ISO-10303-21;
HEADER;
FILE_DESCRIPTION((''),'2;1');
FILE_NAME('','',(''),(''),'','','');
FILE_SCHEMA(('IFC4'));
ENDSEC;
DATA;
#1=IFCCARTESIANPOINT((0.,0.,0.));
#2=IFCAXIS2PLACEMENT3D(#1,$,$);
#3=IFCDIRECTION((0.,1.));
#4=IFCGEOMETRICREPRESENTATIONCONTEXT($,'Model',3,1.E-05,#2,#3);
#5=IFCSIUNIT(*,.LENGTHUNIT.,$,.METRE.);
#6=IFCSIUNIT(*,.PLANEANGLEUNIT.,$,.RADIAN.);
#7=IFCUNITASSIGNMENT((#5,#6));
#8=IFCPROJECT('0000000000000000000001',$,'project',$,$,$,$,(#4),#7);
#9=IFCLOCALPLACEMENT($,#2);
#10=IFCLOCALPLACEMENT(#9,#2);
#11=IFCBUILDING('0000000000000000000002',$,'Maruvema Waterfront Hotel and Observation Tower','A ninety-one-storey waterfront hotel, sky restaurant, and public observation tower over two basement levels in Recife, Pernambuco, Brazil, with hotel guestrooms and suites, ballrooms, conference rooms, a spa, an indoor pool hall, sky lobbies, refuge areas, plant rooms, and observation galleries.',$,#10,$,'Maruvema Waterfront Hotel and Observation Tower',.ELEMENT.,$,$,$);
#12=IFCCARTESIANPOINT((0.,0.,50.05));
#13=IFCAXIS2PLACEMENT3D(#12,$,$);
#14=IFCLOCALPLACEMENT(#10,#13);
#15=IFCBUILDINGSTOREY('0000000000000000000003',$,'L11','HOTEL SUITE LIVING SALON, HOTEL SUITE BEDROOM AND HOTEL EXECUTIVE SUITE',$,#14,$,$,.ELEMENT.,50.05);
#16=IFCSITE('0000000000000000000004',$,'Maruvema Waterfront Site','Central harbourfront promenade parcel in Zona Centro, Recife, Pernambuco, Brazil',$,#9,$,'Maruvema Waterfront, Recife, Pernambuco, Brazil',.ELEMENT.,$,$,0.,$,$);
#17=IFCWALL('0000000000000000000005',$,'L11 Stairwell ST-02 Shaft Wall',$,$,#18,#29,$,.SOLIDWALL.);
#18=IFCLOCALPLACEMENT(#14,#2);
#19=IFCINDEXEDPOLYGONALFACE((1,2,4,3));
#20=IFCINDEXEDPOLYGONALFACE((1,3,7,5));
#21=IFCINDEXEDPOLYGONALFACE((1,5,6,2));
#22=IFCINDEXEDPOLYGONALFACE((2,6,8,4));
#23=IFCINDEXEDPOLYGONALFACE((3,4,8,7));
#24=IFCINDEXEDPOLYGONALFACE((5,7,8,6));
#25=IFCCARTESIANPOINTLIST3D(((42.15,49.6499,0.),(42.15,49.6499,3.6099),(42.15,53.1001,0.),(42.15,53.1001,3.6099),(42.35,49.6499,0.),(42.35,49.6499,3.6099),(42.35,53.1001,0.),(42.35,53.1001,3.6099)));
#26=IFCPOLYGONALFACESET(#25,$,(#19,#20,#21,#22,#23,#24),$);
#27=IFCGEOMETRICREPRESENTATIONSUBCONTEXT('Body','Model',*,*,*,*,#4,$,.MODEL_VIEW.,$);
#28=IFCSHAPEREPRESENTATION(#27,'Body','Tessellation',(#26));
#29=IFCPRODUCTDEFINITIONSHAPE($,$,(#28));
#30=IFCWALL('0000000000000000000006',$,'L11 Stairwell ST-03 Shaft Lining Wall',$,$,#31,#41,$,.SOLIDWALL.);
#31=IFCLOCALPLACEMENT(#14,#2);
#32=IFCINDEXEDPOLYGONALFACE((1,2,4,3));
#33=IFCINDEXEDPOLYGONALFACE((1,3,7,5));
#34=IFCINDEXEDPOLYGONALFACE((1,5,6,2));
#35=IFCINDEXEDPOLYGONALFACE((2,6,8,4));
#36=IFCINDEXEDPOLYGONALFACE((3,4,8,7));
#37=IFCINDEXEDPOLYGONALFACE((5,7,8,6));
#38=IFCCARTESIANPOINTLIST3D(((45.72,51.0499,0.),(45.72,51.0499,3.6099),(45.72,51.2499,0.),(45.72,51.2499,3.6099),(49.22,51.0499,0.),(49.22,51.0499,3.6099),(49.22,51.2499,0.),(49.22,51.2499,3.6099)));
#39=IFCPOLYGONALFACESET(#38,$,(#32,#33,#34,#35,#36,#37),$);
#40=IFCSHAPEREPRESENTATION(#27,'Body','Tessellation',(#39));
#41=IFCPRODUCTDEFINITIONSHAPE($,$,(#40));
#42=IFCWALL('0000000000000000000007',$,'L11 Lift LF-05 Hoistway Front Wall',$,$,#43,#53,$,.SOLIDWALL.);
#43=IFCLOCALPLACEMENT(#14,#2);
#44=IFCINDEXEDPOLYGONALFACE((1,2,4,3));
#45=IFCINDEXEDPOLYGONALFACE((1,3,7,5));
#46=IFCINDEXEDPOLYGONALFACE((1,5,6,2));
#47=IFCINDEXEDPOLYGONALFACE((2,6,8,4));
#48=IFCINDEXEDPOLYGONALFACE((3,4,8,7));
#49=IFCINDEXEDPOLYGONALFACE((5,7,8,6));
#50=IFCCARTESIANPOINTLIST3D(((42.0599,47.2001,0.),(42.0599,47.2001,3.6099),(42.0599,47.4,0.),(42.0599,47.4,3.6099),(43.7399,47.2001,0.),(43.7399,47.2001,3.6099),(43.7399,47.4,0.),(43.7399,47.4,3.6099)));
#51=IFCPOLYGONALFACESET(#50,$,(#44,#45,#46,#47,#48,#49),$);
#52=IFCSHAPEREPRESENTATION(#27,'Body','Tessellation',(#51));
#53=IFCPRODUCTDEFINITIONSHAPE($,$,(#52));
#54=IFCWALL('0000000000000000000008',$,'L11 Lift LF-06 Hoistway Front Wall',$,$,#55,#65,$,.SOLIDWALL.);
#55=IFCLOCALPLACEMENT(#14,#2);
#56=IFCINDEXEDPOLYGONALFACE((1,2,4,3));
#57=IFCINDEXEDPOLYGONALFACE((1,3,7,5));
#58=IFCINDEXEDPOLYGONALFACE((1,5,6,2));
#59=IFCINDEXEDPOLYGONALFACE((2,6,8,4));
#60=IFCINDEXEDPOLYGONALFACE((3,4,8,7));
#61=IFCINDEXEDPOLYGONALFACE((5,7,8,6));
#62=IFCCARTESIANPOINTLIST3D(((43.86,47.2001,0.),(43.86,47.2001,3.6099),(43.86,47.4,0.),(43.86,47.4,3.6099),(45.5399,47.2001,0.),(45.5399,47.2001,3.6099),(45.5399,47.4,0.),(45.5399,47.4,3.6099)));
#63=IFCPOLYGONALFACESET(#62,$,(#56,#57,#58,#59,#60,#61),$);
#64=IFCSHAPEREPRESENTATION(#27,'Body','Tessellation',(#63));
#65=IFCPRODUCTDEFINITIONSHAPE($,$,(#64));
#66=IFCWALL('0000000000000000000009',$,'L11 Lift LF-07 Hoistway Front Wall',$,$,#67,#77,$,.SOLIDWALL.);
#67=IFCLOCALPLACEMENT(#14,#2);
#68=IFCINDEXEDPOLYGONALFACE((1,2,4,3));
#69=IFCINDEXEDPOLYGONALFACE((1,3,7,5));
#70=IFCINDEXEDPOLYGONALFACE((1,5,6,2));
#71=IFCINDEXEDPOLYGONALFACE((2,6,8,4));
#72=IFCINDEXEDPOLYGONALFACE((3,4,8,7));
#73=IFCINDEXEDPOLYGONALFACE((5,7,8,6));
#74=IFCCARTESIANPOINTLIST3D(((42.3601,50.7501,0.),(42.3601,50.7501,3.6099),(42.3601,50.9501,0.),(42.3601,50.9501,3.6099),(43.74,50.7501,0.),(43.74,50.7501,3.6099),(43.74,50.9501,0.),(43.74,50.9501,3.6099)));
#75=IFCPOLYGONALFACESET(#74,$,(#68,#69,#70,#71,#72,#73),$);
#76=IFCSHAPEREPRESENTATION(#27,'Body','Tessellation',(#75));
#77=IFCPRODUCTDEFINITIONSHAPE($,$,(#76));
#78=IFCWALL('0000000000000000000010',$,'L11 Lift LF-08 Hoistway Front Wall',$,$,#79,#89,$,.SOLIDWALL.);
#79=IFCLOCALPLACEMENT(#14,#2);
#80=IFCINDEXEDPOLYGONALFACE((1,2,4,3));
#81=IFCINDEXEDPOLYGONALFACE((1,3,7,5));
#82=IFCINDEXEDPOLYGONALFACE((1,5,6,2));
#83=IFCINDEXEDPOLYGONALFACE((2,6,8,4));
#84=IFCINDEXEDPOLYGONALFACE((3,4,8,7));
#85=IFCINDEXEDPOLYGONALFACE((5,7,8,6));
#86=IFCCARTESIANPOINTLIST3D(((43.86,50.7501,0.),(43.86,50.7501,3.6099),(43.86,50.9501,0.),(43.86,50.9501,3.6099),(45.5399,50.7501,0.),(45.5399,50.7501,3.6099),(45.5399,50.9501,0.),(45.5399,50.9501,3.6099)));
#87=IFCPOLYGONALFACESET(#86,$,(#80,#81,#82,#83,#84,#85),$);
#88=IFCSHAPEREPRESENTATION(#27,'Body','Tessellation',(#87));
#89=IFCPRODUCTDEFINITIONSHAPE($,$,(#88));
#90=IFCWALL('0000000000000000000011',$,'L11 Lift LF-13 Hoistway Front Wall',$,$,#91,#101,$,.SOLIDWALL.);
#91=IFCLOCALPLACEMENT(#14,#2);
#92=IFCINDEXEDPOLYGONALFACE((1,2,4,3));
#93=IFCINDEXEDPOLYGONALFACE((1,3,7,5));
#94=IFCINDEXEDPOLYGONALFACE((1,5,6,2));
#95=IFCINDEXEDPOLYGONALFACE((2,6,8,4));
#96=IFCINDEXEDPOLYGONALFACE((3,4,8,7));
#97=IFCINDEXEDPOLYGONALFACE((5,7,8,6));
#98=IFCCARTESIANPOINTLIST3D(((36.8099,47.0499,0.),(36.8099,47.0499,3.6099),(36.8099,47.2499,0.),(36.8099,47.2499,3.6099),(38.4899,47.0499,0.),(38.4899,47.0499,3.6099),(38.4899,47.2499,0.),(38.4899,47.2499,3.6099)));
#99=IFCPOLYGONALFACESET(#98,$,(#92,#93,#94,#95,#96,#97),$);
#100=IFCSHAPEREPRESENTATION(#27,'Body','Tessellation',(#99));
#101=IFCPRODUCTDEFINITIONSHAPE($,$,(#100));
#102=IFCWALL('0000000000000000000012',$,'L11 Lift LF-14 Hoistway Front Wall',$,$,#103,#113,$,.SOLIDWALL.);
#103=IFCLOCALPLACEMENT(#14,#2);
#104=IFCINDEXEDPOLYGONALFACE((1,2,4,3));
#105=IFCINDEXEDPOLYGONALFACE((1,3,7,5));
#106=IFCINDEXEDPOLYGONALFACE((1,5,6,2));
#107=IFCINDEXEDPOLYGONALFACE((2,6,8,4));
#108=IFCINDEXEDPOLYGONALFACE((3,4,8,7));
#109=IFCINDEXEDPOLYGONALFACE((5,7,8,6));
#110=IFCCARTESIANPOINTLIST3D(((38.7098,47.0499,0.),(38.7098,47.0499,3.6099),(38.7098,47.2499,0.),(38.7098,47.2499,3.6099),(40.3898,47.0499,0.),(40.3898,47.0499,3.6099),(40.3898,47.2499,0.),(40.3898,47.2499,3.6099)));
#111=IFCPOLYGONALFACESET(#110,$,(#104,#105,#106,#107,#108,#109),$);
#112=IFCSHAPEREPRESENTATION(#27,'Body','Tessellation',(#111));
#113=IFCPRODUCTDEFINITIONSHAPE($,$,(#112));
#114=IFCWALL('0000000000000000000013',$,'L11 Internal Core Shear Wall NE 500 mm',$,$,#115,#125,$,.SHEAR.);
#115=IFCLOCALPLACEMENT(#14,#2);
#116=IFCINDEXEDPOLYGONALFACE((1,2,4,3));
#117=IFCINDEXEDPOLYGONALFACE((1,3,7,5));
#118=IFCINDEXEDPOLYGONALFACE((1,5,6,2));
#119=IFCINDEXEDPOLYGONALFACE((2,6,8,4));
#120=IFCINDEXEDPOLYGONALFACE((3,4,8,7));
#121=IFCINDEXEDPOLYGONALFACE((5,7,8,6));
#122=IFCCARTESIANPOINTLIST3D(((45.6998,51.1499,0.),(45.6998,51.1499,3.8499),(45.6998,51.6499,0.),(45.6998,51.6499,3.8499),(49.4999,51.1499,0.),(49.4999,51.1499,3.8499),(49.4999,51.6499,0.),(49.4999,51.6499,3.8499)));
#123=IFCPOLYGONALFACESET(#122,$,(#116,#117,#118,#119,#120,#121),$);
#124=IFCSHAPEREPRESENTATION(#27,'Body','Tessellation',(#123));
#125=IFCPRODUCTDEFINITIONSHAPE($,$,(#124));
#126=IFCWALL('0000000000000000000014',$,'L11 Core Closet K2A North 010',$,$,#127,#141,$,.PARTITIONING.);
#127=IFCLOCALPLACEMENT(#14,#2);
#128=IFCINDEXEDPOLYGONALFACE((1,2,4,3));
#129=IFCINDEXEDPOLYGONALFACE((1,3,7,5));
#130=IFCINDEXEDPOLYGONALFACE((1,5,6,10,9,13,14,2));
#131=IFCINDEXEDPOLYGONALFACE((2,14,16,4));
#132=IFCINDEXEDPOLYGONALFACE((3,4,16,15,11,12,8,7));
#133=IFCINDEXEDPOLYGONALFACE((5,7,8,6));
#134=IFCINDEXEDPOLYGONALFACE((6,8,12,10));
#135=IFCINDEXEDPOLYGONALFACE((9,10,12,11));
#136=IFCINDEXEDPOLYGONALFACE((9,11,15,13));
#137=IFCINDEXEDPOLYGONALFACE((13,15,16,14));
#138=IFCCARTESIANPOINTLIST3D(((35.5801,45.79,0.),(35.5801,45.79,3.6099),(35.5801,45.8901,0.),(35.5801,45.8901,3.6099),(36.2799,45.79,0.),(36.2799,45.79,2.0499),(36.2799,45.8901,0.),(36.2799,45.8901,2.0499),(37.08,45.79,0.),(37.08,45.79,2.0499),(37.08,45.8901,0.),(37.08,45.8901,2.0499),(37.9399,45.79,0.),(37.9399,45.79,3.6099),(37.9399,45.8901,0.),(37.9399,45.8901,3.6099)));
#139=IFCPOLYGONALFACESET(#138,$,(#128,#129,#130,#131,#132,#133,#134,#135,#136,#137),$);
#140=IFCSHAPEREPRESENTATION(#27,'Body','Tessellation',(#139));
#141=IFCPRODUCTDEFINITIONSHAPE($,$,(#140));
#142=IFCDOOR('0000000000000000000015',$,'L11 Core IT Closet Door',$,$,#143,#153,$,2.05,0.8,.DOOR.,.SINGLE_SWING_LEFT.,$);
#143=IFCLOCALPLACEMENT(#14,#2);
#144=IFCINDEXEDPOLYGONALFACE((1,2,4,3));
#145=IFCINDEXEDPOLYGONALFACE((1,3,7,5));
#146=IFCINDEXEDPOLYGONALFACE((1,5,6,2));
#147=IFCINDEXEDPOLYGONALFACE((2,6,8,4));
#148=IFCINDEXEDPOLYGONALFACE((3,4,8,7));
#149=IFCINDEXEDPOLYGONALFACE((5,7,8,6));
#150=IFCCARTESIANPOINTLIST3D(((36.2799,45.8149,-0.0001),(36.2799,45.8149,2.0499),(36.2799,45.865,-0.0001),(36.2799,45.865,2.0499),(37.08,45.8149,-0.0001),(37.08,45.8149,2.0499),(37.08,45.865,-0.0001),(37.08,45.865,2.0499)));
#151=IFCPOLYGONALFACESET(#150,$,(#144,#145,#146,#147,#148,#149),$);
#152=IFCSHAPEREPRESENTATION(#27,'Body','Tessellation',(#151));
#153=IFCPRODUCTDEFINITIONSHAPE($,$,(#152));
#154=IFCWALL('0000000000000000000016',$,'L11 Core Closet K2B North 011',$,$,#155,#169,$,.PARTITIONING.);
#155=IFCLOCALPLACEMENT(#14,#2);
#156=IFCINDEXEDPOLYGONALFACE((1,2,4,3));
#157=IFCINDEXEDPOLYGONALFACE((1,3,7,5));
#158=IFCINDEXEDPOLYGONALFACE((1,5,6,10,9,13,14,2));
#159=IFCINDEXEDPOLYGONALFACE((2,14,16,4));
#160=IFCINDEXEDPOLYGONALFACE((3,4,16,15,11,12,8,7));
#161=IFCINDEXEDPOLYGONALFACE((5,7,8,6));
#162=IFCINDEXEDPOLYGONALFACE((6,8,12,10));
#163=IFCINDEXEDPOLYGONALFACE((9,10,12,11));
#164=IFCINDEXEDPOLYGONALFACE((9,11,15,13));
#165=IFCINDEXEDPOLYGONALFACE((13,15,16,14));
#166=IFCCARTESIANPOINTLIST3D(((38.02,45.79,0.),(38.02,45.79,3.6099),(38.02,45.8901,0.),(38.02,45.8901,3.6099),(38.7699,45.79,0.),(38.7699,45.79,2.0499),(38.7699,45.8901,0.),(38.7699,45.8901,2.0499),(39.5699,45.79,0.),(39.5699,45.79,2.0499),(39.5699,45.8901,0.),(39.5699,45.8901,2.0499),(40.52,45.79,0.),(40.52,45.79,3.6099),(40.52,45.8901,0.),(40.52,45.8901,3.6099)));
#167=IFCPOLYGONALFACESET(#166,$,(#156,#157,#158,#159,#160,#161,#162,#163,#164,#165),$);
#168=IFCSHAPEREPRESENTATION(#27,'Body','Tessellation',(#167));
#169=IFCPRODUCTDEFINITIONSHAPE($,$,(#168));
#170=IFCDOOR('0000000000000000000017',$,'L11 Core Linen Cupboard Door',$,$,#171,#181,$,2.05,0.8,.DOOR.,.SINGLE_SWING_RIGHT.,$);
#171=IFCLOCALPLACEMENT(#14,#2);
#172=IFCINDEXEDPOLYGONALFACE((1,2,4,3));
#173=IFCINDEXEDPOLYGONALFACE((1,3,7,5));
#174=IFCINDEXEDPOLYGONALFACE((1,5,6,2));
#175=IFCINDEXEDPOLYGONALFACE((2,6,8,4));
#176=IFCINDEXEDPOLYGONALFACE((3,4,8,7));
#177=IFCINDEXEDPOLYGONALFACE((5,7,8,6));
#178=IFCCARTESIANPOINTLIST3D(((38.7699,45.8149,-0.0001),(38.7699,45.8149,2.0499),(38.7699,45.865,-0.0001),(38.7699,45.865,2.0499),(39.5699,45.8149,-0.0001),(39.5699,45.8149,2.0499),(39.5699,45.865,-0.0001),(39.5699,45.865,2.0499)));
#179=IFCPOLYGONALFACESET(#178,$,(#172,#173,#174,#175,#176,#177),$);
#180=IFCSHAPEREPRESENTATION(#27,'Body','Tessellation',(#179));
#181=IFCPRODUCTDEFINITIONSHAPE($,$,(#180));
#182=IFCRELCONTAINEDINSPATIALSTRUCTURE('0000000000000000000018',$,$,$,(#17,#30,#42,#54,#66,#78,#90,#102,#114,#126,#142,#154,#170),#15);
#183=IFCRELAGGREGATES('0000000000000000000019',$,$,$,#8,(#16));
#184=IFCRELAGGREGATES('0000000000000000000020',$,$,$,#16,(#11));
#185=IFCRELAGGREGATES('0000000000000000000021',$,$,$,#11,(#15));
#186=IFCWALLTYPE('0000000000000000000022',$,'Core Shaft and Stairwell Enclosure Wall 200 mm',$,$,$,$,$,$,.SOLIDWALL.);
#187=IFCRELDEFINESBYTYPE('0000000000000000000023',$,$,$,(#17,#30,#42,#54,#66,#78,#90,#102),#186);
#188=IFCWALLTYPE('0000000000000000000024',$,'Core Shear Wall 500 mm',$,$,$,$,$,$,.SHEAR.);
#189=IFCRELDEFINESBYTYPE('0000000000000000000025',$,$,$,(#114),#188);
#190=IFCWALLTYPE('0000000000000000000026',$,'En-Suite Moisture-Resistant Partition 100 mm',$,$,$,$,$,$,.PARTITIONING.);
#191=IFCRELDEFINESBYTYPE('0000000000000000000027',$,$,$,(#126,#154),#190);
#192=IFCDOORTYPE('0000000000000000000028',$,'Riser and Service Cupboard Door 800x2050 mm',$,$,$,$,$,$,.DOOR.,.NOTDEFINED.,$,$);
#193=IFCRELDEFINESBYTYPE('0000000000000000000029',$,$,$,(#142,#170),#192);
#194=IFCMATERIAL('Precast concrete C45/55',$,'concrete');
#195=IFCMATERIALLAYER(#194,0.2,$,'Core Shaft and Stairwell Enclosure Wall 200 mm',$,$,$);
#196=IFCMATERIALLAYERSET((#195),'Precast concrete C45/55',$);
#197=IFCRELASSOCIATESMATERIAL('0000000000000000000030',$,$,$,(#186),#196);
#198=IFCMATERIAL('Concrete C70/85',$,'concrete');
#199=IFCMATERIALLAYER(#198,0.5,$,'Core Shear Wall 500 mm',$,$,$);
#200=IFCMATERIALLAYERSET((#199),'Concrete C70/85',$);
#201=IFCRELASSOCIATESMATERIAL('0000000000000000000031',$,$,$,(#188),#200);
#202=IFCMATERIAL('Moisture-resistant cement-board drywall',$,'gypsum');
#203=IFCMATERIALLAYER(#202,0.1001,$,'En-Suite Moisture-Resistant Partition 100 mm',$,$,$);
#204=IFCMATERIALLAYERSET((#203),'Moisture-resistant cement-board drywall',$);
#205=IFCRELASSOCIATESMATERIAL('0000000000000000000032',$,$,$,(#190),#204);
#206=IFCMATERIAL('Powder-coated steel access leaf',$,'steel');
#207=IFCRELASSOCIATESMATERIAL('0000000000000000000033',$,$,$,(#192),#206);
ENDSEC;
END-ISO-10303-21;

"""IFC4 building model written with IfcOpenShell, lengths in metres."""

from ifc_helpers import new_model, si_unit, direction, frame, frame_2d, origin, place, context, subcontext, project, spatial, rectangle, extrude, material, layer, layer_set, type_object, element, fill, save


model = new_model("IFC4")

# Units and contexts
model_context = context("Model", 3, precision=1e-05, world=origin(), true_north=direction((0.0, 1.0)))
body_context = subcontext(model_context, "Body", "Model", "MODEL_VIEW")
ifc_project = project(units=[si_unit("LENGTHUNIT", "METRE"), si_unit("PLANEANGLEUNIT", "RADIAN")], contexts=[model_context])

# Site, building, storey
site_placement = place(None, origin())
site = spatial("IfcSite", under=ifc_project, at=site_placement, Name="Maruvema Waterfront Site", Description="Central harbourfront promenade parcel in Zona Centro, Recife, Pernambuco, Brazil", LongName="Maruvema Waterfront, Recife, Pernambuco, Brazil", CompositionType="ELEMENT", RefElevation=0.0)
building_placement = place(site_placement, origin())
building = spatial("IfcBuilding", under=site, at=building_placement, Name="Maruvema Waterfront Hotel and Observation Tower", Description="A ninety-one-storey waterfront hotel, sky restaurant, and public observation tower over two basement levels in Recife, Pernambuco, Brazil, with hotel guestrooms and suites, ballrooms, conference rooms, a spa, an indoor pool hall, sky lobbies, refuge areas, plant rooms, and observation galleries.", LongName="Maruvema Waterfront Hotel and Observation Tower", CompositionType="ELEMENT")
storey_placement = place(building_placement, frame((0.0, 0.0, 50.05)))
storey = spatial("IfcBuildingStorey", under=building, at=storey_placement, Name="L11", Description="HOTEL SUITE LIVING SALON, HOTEL SUITE BEDROOM AND HOTEL EXECUTIVE SUITE", CompositionType="ELEMENT", Elevation=50.05)

# Walls
ifc_material_1 = material(Name="Precast concrete C45/55", Category="concrete")
ifc_layer_1 = layer(ifc_material_1, 0.2, Name="Core Shaft and Stairwell Enclosure Wall 200 mm")
ifc_layer_set_1 = layer_set([ifc_layer_1], Name="Precast concrete C45/55")
wall_type_1 = type_object("IfcWallType", Name="Core Shaft and Stairwell Enclosure Wall 200 mm", PredefinedType="SOLIDWALL", material=ifc_layer_set_1)
wall_1_placement = place(storey_placement, frame((42.25, 49.6499, 0.0), z_axis=(0.0, 0.0, 1.0), x_axis=(0.0, 1.0, 0.0)))
element("IfcWall", 1, at=wall_1_placement, inside=storey, type_object=wall_type_1, Name="L11 Stairwell ST-02 Shaft Wall", PredefinedType="SOLIDWALL", context=body_context, shape_type="SweptSolid", body=[
    extrude(rectangle(XDim=3.4502, YDim=0.2, at=frame_2d((1.7251, 0.0))), origin(), (0.0, 0.0, 1.0), 3.6099),
])
wall_2_placement = place(storey_placement, frame((45.72, 51.1499, 0.0), z_axis=(0.0, 0.0, 1.0), x_axis=(1.0, 0.0, 0.0)))
element("IfcWall", 2, at=wall_2_placement, inside=storey, type_object=wall_type_1, Name="L11 Stairwell ST-03 Shaft Lining Wall", PredefinedType="SOLIDWALL", context=body_context, shape_type="SweptSolid", body=[
    extrude(rectangle(XDim=3.5, YDim=0.2, at=frame_2d((1.75, 0.0))), origin(), (0.0, 0.0, 1.0), 3.6099),
])
for number, where, z_axis, x_axis, name in (
    (3, (42.0601, 47.3, 0.0), (0.0, 0.0, 1.0), (1.0, 0.0, 0.0), "L11 Lift LF-05 Hoistway Front Wall"),
    (4, (43.8601, 47.3, 0.0), (0.0, 0.0, 1.0), (1.0, 0.0, 0.0), "L11 Lift LF-06 Hoistway Front Wall"),
):
    element("IfcWall", number, at=place(storey_placement, frame(where, z_axis=z_axis, x_axis=x_axis)), inside=storey, type_object=wall_type_1, Name=name, PredefinedType="SOLIDWALL", context=body_context, shape_type="SweptSolid", body=[
        extrude(rectangle(XDim=1.6799, YDim=0.2, at=frame_2d((0.8398, 0.0))), origin(), (0.0, 0.0, 1.0), 3.6099),
    ])
wall_3_placement = place(storey_placement, frame((42.3601, 50.8501, 0.0), z_axis=(0.0, 0.0, 1.0), x_axis=(1.0, 0.0, 0.0)))
element("IfcWall", 5, at=wall_3_placement, inside=storey, type_object=wall_type_1, Name="L11 Lift LF-07 Hoistway Front Wall", PredefinedType="SOLIDWALL", context=body_context, shape_type="SweptSolid", body=[
    extrude(rectangle(XDim=1.3799, YDim=0.2, at=frame_2d((0.6899, 0.0))), origin(), (0.0, 0.0, 1.0), 3.6099),
])
for number, where, z_axis, x_axis, name in (
    (6, (43.8601, 50.8501, 0.0), (0.0, 0.0, 1.0), (1.0, 0.0, 0.0), "L11 Lift LF-08 Hoistway Front Wall"),
    (7, (36.8101, 47.1499, 0.0), (0.0, 0.0, 1.0), (1.0, 0.0, 0.0), "L11 Lift LF-13 Hoistway Front Wall"),
    (8, (38.71, 47.1499, 0.0), (0.0, 0.0, 1.0), (1.0, 0.0, 0.0), "L11 Lift LF-14 Hoistway Front Wall"),
):
    element("IfcWall", number, at=place(storey_placement, frame(where, z_axis=z_axis, x_axis=x_axis)), inside=storey, type_object=wall_type_1, Name=name, PredefinedType="SOLIDWALL", context=body_context, shape_type="SweptSolid", body=[
        extrude(rectangle(XDim=1.6799, YDim=0.2, at=frame_2d((0.8398, 0.0))), origin(), (0.0, 0.0, 1.0), 3.6099),
    ])
ifc_material_2 = material(Name="Concrete C70/85", Category="concrete")
ifc_layer_2 = layer(ifc_material_2, 0.5, Name="Core Shear Wall 500 mm")
ifc_layer_set_2 = layer_set([ifc_layer_2], Name="Concrete C70/85")
wall_type_2 = type_object("IfcWallType", Name="Core Shear Wall 500 mm", PredefinedType="SHEAR", material=ifc_layer_set_2)
wall_4_placement = place(storey_placement, frame((45.7, 51.3999, 0.0), z_axis=(0.0, 0.0, 1.0), x_axis=(1.0, 0.0, 0.0)))
element("IfcWall", 9, at=wall_4_placement, inside=storey, type_object=wall_type_2, Name="L11 Internal Core Shear Wall NE 500 mm", PredefinedType="SHEAR", context=body_context, shape_type="SweptSolid", body=[
    extrude(rectangle(XDim=3.8, YDim=0.5, at=frame_2d((1.8999, 0.0))), origin(), (0.0, 0.0, 1.0), 3.8499),
])

# Walls, openings, doors
ifc_material_3 = material(Name="Moisture-resistant cement-board drywall", Category="gypsum")
ifc_layer_3 = layer(ifc_material_3, 0.1001, Name="En-Suite Moisture-Resistant Partition 100 mm")
ifc_layer_set_3 = layer_set([ifc_layer_3], Name="Moisture-resistant cement-board drywall")
wall_type_3 = type_object("IfcWallType", Name="En-Suite Moisture-Resistant Partition 100 mm", PredefinedType="PARTITIONING", material=ifc_layer_set_3)
wall_5_placement = place(storey_placement, frame((35.5801, 45.8401, 0.0), z_axis=(0.0, 0.0, 1.0), x_axis=(1.0, 0.0, 0.0)))
wall_5 = element("IfcWall", 10, at=wall_5_placement, inside=storey, type_object=wall_type_3, Name="L11 Core Closet K2A North 010", PredefinedType="PARTITIONING", context=body_context, shape_type="SweptSolid", body=[
    extrude(rectangle(XDim=2.3599, YDim=0.1001, at=frame_2d((1.1799, 0.0))), origin(), (0.0, 0.0, 1.0), 3.6099),
])
opening_1_placement = place(wall_5_placement, frame((0.7, 0.0, 0.0)))
opening_1 = element("IfcOpeningElement", 11, at=opening_1_placement, cuts=wall_5, PredefinedType="OPENING", context=body_context, shape_type="SweptSolid", body=[
    extrude(rectangle(XDim=0.8, YDim=2.05, at=frame_2d((0.3999, 1.0249))), frame((0.0, 0.0601, 0.0), z_axis=(0.0, -1.0, 0.0), x_axis=(1.0, 0.0, 0.0)), (0.0, 0.0, 1.0), 0.1201),
])
ifc_material_4 = material(Name="Powder-coated steel access leaf", Category="steel")
door_type = type_object("IfcDoorType", Name="Riser and Service Cupboard Door 800x2050 mm", OperationType="NOTDEFINED", PredefinedType="DOOR", material=ifc_material_4)
door_1_placement = place(opening_1_placement, origin())
door_1 = element("IfcDoor", 12, at=door_1_placement, inside=storey, type_object=door_type, Name="L11 Core IT Closet Door", OperationType="SINGLE_SWING_LEFT", OverallHeight=2.05, OverallWidth=0.8, PredefinedType="DOOR", context=body_context, shape_type="SweptSolid", body=[
    extrude(rectangle(XDim=0.8, YDim=2.05, at=frame_2d((0.3999, 1.0249))), frame((0.0, 0.0249, 0.0), z_axis=(0.0, -1.0, 0.0), x_axis=(1.0, 0.0, 0.0)), (0.0, 0.0, 1.0), 0.05),
])
fill(opening_1, door_1)
wall_6_placement = place(storey_placement, frame((38.02, 45.8401, 0.0), z_axis=(0.0, 0.0, 1.0), x_axis=(1.0, 0.0, 0.0)))
wall_6 = element("IfcWall", 13, at=wall_6_placement, inside=storey, type_object=wall_type_3, Name="L11 Core Closet K2B North 011", PredefinedType="PARTITIONING", context=body_context, shape_type="SweptSolid", body=[
    extrude(rectangle(XDim=2.5, YDim=0.1001, at=frame_2d((1.25, 0.0))), origin(), (0.0, 0.0, 1.0), 3.6099),
])
opening_2_placement = place(wall_6_placement, frame((0.75, 0.0, 0.0)))
opening_2 = element("IfcOpeningElement", 14, at=opening_2_placement, cuts=wall_6, PredefinedType="OPENING", context=body_context, shape_type="SweptSolid", body=[
    extrude(rectangle(XDim=0.8, YDim=2.05, at=frame_2d((0.3999, 1.0249))), frame((0.0, 0.0601, 0.0), z_axis=(0.0, -1.0, 0.0), x_axis=(1.0, 0.0, 0.0)), (0.0, 0.0, 1.0), 0.1201),
])
door_2_placement = place(opening_2_placement, origin())
door_2 = element("IfcDoor", 15, at=door_2_placement, inside=storey, type_object=door_type, Name="L11 Core Linen Cupboard Door", OperationType="SINGLE_SWING_RIGHT", OverallHeight=2.05, OverallWidth=0.8, PredefinedType="DOOR", context=body_context, shape_type="SweptSolid", body=[
    extrude(rectangle(XDim=0.8, YDim=2.05, at=frame_2d((0.3999, 1.0249))), frame((0.0, 0.0249, 0.0), z_axis=(0.0, -1.0, 0.0), x_axis=(1.0, 0.0, 0.0)), (0.0, 0.0, 1.0), 0.05),
])
fill(opening_2, door_2)

save(model, "model.ifc")
